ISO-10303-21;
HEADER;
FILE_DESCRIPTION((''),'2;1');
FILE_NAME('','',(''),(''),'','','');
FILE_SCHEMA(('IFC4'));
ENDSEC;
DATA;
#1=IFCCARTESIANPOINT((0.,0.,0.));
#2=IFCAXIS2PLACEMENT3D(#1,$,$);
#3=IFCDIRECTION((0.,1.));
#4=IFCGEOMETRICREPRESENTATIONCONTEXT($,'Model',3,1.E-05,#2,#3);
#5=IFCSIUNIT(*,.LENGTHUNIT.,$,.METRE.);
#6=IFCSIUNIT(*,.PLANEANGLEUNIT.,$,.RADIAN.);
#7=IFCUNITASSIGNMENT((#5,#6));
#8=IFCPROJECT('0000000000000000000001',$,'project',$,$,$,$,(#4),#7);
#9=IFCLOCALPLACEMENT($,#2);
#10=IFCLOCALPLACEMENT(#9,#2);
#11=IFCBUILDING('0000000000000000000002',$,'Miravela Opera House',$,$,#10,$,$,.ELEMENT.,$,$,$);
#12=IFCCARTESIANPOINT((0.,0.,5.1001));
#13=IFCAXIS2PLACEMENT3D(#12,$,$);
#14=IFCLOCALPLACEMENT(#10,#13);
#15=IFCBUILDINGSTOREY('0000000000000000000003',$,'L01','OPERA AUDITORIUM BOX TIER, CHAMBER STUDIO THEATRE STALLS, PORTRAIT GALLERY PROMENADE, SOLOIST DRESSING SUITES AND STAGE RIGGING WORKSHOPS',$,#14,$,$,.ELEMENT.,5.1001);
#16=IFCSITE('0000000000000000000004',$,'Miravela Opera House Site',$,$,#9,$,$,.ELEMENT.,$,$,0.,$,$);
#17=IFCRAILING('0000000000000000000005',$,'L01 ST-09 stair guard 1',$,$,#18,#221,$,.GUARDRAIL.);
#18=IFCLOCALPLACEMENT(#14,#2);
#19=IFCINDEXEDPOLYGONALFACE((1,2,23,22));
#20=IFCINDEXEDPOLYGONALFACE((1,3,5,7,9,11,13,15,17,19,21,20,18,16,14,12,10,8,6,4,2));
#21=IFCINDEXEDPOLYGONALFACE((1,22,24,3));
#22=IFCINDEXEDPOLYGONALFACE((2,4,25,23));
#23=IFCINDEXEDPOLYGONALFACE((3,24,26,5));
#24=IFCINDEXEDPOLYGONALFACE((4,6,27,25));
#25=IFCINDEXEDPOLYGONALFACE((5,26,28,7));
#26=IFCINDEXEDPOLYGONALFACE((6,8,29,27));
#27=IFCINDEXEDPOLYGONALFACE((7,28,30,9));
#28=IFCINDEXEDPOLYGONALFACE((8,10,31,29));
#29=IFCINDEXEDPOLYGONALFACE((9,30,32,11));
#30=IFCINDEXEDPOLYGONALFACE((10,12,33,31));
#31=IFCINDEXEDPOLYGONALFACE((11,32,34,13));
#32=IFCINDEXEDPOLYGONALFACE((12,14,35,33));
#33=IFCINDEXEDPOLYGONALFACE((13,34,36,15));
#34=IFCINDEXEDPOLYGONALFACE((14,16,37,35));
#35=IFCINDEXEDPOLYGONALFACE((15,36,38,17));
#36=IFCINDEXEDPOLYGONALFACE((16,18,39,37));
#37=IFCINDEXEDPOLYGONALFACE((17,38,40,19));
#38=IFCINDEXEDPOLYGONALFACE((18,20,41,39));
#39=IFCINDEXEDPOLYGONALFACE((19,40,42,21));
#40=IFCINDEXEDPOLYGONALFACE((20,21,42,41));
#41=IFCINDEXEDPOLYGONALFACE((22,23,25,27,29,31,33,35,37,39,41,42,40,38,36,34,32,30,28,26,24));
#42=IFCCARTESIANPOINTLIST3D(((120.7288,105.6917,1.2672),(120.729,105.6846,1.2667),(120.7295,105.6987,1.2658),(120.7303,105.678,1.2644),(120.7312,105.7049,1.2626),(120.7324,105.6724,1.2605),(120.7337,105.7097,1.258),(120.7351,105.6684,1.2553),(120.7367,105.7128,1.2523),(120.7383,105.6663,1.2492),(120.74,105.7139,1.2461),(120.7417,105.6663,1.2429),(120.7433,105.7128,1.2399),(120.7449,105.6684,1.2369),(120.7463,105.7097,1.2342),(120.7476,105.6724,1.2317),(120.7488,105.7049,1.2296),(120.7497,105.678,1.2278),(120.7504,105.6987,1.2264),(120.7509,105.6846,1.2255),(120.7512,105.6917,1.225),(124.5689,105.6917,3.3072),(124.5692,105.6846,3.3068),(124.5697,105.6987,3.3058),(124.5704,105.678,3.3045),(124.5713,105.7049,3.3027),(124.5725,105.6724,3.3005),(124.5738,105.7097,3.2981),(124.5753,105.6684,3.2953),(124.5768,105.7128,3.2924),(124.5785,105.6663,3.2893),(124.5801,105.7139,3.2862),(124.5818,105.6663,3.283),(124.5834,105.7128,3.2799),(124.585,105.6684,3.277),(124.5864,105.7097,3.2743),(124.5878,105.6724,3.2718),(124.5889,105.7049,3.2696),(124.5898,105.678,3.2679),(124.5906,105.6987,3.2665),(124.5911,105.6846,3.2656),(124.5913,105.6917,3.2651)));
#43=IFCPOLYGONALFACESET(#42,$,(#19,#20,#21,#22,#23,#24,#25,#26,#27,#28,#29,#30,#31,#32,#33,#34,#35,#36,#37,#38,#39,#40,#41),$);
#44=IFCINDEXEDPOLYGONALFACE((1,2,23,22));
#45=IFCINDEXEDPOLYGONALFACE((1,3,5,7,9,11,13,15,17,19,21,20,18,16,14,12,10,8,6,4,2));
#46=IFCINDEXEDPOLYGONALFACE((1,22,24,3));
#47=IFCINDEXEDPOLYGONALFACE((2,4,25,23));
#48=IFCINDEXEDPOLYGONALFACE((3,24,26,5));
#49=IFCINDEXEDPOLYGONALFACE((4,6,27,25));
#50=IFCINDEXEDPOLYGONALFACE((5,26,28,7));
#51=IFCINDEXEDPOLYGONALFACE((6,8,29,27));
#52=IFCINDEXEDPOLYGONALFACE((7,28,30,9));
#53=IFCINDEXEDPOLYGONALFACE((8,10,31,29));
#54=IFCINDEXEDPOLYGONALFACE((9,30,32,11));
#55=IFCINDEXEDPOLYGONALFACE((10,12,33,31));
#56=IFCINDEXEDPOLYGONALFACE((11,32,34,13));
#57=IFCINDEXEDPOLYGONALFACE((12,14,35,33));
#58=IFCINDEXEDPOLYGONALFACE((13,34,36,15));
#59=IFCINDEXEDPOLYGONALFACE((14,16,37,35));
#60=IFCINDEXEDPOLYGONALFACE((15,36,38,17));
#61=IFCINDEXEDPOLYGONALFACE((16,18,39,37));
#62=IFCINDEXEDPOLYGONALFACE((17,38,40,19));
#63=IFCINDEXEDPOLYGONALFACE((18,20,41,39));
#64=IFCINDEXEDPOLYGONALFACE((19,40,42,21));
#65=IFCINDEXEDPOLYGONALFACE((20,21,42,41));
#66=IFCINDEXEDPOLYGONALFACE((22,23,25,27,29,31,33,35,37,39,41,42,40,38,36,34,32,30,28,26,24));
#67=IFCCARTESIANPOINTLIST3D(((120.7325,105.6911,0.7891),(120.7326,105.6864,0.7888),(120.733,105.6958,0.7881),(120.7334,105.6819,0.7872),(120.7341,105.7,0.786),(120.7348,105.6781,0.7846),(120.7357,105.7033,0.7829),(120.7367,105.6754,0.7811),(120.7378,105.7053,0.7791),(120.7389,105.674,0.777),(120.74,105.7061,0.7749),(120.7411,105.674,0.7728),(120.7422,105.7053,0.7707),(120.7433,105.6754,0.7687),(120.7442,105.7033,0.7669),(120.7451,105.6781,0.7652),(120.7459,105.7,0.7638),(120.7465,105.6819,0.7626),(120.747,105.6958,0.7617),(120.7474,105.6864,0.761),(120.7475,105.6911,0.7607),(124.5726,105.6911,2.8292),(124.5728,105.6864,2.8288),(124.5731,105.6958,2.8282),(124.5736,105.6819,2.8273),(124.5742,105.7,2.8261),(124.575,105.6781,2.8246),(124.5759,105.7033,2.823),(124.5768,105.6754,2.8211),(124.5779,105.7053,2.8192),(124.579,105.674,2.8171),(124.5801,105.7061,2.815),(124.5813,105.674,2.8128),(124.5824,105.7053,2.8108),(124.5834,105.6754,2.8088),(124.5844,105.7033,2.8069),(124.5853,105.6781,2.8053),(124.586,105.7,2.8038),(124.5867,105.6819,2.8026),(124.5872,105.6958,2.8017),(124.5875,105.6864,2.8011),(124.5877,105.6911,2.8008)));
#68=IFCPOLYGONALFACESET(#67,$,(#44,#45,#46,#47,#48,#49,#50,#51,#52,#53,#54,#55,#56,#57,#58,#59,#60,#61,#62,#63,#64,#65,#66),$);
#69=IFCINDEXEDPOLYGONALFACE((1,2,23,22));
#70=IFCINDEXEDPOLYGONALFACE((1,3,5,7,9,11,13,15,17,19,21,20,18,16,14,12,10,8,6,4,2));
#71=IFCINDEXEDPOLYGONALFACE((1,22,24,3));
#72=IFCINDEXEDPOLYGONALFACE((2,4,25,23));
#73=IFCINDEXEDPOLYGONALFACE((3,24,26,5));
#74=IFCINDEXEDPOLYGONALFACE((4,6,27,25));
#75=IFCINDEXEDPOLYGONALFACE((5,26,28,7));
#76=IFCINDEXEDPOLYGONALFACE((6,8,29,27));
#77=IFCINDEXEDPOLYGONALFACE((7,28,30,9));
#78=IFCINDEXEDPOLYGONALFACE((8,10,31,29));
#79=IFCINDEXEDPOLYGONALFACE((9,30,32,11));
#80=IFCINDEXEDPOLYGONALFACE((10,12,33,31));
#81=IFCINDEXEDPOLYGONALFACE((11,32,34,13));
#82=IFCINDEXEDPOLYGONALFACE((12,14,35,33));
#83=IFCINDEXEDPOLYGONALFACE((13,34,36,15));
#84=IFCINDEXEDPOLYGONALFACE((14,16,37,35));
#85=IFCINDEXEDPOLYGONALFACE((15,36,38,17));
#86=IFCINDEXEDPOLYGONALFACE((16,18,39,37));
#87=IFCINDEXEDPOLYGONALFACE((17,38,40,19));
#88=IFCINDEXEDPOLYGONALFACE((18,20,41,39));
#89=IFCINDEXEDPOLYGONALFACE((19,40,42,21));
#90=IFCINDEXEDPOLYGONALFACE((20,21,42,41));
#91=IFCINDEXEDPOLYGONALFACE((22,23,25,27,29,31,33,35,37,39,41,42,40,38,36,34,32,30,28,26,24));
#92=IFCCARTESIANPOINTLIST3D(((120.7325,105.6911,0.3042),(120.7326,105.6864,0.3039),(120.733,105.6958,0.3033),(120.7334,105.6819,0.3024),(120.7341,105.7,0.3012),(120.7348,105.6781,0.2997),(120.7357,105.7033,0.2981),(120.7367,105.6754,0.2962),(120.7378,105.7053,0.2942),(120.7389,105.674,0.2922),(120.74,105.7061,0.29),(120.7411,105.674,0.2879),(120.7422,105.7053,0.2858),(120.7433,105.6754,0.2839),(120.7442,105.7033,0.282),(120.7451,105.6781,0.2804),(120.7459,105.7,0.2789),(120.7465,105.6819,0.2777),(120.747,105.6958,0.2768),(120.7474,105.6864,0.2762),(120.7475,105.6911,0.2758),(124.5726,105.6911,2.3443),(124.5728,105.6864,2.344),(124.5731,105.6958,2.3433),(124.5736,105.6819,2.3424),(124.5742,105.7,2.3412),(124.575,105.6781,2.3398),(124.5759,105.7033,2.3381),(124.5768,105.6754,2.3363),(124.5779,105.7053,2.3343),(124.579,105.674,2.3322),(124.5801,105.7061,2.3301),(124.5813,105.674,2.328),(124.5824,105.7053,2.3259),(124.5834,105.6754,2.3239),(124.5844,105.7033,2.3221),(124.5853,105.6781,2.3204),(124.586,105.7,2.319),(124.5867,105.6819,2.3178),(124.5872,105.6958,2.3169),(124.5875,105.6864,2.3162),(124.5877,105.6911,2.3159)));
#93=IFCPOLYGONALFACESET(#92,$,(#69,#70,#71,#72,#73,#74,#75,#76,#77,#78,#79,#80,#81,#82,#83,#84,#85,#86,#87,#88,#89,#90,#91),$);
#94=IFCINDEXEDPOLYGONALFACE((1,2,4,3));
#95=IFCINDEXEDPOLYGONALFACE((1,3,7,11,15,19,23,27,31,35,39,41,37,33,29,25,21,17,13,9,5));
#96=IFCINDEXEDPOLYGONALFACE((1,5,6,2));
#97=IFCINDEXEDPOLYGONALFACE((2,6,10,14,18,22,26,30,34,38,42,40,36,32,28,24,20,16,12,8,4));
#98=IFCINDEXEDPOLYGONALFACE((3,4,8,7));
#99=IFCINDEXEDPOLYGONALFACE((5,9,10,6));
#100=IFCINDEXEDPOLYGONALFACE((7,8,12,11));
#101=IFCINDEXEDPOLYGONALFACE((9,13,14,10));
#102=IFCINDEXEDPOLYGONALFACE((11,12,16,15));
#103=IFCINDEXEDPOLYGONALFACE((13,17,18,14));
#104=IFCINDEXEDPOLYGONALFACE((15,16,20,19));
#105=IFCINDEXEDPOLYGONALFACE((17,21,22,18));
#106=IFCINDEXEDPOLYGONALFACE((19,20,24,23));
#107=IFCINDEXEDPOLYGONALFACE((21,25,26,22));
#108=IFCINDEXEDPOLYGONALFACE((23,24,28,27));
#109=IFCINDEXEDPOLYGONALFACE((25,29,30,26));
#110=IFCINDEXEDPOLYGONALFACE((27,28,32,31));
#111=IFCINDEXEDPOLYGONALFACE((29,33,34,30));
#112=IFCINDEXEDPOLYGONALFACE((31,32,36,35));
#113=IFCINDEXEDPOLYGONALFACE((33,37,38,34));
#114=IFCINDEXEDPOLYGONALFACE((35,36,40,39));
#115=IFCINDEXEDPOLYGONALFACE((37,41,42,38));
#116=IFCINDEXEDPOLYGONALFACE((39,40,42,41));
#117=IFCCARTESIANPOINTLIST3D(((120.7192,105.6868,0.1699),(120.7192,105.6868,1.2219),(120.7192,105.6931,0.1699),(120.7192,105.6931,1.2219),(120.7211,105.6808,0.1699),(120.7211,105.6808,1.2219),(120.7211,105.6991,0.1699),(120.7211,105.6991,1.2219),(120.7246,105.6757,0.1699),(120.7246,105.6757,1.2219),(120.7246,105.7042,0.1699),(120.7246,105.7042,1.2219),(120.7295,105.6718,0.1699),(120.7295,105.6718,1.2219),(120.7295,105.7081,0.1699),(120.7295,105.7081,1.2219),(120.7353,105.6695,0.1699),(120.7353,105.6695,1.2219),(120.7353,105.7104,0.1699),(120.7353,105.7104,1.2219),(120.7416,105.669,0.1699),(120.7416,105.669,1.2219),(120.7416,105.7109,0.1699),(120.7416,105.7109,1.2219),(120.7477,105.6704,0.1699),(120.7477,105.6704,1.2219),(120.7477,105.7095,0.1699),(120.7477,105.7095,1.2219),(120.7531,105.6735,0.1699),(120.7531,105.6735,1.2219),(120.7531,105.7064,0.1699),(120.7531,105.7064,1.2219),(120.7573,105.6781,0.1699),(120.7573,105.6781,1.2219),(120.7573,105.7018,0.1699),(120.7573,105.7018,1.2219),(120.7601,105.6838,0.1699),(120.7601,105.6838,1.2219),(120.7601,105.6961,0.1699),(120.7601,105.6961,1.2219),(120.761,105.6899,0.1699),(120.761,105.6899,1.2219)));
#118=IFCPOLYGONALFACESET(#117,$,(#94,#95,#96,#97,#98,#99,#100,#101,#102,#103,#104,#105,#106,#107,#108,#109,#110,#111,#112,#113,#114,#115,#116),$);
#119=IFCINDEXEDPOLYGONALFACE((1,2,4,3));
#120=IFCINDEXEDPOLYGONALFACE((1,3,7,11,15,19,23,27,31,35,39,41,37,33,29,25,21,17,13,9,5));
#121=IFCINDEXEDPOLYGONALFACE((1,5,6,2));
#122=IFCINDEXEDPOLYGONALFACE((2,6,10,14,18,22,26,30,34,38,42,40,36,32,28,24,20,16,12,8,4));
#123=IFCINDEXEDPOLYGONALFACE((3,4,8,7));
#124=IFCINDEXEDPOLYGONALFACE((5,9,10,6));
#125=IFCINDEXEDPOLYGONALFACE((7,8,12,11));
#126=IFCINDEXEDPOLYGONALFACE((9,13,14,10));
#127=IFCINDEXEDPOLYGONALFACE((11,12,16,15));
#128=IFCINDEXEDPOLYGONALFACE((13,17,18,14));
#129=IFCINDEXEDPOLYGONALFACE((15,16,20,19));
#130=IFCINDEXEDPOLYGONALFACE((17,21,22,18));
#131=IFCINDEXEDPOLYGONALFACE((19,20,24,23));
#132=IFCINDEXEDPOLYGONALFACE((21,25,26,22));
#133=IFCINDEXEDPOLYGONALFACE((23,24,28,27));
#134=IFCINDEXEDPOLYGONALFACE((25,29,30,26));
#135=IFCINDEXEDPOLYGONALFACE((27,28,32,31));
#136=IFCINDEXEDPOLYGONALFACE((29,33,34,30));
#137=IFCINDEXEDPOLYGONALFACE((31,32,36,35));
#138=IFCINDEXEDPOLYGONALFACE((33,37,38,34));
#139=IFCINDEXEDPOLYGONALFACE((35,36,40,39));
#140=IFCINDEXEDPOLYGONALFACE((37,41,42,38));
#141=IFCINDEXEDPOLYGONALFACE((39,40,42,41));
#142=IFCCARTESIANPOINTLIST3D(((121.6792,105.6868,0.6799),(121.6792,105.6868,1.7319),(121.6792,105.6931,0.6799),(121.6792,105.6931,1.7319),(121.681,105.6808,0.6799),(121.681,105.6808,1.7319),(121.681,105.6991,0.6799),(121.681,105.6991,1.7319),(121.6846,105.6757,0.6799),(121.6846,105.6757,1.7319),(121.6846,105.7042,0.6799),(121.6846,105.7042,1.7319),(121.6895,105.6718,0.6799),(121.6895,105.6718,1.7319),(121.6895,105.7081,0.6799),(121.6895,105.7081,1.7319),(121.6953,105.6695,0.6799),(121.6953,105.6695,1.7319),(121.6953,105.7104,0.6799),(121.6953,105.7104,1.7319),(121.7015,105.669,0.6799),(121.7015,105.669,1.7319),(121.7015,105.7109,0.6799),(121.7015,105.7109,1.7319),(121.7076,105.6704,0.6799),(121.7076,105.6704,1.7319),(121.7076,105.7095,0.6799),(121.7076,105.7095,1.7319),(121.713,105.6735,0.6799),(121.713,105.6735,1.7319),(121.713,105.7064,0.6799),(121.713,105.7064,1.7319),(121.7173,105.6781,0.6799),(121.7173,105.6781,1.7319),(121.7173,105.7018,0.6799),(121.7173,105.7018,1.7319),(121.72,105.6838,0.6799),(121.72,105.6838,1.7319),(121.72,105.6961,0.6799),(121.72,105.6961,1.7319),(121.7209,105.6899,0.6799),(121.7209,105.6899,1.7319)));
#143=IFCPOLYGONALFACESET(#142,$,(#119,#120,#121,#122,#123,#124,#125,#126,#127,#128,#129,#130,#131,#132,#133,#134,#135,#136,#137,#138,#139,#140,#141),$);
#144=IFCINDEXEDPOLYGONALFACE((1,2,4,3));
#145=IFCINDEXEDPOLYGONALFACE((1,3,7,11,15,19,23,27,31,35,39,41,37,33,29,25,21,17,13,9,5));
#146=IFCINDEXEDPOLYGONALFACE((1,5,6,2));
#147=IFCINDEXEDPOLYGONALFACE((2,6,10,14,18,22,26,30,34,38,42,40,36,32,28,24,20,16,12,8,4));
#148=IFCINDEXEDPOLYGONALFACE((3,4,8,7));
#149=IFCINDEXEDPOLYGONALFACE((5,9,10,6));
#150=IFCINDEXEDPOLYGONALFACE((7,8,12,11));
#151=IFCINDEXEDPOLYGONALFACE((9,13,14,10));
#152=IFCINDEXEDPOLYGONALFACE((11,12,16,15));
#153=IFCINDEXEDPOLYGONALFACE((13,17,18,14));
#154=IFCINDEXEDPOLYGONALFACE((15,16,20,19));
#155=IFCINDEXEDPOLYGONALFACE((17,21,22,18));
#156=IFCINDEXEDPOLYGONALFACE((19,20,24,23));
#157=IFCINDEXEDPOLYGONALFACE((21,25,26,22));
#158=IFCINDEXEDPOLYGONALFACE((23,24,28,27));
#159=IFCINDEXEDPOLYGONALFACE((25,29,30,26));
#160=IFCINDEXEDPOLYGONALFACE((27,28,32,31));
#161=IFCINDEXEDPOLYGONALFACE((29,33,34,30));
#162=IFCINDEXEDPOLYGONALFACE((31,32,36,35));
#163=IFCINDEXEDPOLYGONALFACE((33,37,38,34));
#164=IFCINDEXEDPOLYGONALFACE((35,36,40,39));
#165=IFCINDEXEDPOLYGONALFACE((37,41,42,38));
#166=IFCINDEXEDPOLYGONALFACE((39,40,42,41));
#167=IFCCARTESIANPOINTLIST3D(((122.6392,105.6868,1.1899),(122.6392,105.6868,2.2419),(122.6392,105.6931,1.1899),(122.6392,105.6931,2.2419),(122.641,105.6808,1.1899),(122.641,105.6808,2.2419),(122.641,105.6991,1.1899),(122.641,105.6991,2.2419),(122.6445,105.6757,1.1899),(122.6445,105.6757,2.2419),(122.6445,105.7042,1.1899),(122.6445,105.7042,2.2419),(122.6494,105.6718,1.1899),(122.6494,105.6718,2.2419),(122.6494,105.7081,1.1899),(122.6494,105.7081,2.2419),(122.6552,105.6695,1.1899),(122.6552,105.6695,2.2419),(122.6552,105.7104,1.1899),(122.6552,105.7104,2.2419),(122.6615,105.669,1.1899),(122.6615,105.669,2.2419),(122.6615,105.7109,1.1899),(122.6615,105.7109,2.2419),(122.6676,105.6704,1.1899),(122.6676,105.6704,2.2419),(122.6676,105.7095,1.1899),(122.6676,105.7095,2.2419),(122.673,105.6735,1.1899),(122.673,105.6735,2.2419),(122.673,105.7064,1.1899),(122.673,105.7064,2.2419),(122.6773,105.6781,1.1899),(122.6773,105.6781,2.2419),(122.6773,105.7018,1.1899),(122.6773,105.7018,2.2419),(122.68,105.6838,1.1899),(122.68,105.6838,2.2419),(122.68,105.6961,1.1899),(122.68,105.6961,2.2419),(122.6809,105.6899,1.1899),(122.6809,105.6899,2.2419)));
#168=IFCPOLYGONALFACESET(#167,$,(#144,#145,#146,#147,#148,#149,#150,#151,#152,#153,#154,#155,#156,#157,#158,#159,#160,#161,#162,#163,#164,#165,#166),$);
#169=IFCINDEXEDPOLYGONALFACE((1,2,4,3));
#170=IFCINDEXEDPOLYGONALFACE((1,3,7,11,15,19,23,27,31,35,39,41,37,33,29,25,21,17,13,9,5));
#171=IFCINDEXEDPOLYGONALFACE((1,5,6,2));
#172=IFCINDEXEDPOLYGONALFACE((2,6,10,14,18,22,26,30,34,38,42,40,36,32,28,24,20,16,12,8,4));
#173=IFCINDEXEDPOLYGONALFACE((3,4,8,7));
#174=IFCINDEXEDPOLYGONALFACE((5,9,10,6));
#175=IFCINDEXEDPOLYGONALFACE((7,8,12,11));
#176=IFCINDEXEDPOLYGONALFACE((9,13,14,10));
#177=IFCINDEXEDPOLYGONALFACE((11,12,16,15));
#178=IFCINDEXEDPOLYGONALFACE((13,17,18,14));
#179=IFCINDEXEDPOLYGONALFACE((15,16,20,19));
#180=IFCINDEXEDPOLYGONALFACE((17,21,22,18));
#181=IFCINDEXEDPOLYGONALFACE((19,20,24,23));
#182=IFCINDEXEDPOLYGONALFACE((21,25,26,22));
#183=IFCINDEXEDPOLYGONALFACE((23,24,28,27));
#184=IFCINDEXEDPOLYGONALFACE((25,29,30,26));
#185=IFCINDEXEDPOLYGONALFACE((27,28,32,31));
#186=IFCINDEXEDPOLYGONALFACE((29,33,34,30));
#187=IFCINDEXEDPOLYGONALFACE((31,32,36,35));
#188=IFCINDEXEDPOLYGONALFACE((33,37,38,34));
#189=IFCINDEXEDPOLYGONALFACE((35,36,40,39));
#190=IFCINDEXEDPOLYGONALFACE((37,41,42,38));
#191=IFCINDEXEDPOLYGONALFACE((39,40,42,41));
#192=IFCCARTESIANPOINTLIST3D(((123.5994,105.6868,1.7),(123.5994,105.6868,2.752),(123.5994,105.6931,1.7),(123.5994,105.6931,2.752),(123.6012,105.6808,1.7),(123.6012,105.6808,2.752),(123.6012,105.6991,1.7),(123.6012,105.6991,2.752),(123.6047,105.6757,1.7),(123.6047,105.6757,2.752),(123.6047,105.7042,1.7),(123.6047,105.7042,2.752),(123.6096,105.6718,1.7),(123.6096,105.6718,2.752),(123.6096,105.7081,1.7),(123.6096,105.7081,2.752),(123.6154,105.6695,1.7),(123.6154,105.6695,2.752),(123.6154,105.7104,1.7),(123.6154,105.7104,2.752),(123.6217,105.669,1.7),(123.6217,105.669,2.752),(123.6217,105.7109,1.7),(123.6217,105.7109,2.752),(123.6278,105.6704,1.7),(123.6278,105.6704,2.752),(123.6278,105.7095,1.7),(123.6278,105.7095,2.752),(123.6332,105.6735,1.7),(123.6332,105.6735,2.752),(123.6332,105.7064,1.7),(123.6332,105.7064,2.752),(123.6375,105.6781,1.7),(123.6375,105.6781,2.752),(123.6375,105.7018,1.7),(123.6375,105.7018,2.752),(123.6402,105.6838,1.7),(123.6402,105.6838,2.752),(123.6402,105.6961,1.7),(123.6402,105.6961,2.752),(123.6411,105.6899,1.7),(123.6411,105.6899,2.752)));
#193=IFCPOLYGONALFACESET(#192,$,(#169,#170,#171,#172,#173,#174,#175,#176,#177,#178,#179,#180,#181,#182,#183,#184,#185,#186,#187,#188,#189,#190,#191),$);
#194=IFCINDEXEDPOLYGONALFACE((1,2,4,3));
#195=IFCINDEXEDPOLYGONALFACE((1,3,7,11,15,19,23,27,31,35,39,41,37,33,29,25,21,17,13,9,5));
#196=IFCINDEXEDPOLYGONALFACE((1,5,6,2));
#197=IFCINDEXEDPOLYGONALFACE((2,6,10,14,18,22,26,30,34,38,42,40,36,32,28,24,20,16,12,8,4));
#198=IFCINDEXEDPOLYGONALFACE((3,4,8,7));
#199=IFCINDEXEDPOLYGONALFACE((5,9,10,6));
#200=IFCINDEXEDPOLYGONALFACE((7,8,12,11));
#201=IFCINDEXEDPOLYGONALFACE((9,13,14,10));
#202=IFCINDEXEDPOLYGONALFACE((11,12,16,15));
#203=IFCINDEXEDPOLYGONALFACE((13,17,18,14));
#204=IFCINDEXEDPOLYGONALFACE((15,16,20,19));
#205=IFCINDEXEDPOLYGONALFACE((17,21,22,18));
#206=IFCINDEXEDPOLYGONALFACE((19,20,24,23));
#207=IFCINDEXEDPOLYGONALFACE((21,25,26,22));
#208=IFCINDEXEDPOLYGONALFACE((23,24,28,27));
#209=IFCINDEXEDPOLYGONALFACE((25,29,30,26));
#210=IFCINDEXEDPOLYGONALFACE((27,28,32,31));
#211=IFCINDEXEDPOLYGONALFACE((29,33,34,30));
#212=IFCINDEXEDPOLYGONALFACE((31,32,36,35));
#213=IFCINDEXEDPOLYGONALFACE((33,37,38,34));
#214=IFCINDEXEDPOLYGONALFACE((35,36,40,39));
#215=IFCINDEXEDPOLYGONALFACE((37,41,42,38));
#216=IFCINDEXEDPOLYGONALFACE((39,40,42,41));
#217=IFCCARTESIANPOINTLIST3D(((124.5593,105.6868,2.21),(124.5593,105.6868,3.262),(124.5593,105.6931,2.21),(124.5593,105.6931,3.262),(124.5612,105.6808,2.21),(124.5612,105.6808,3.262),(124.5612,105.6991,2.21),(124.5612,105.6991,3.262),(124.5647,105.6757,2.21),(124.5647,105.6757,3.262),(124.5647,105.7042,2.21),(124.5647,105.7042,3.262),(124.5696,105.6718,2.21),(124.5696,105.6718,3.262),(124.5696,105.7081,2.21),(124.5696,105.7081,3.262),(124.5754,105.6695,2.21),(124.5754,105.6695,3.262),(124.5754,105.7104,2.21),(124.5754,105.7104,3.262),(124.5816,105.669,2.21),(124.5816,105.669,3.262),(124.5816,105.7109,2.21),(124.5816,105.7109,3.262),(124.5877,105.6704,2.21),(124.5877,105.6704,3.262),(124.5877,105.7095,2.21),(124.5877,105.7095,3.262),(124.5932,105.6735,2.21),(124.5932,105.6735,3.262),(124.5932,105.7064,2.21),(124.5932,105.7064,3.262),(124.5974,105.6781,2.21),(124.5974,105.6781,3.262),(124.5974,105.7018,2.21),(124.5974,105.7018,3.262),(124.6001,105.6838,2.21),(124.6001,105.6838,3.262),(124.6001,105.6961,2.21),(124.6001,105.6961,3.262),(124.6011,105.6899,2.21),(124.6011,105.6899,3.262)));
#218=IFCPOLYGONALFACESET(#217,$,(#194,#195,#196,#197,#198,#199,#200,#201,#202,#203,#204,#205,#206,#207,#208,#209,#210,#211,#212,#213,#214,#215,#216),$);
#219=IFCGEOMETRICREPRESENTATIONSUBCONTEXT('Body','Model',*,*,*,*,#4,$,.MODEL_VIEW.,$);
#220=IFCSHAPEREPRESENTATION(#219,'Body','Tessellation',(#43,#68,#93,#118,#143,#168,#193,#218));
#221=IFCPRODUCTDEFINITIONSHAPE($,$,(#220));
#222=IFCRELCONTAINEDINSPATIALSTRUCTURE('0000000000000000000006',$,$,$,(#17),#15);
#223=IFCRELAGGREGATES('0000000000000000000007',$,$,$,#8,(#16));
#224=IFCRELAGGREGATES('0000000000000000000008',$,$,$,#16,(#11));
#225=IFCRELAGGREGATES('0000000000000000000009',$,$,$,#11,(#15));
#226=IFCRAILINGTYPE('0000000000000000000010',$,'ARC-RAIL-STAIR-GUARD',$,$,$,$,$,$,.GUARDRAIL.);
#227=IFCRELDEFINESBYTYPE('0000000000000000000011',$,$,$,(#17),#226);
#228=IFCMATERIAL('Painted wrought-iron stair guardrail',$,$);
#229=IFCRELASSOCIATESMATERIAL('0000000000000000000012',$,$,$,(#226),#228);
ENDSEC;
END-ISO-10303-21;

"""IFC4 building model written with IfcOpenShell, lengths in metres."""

from ifc_helpers import new_model, si_unit, direction, frame, origin, origin_2d, place, context, subcontext, project, spatial, circle, extrude, material, type_object, element, save


model = new_model("IFC4")

# Units and contexts
model_context = context("Model", 3, precision=1e-05, world=origin(), true_north=direction((0.0, 1.0)))
body_context = subcontext(model_context, "Body", "Model", "MODEL_VIEW")
ifc_project = project(units=[si_unit("LENGTHUNIT", "METRE"), si_unit("PLANEANGLEUNIT", "RADIAN")], contexts=[model_context])

# Site, building, storey
site_placement = place(None, origin())
site = spatial("IfcSite", under=ifc_project, at=site_placement, Name="Miravela Opera House Site", CompositionType="ELEMENT", RefElevation=0.0)
building_placement = place(site_placement, origin())
building = spatial("IfcBuilding", under=site, at=building_placement, Name="Miravela Opera House", CompositionType="ELEMENT")
storey_placement = place(building_placement, frame((0.0, 0.0, 5.1001)))
storey = spatial("IfcBuildingStorey", under=building, at=storey_placement, Name="L01", Description="OPERA AUDITORIUM BOX TIER, CHAMBER STUDIO THEATRE STALLS, PORTRAIT GALLERY PROMENADE, SOLOIST DRESSING SUITES AND STAGE RIGGING WORKSHOPS", CompositionType="ELEMENT", Elevation=5.1001)

# Railing
ifc_material_1 = material(Name="Painted wrought-iron stair guardrail")
railing_type_1 = type_object("IfcRailingType", Name="ARC-RAIL-STAIR-GUARD", PredefinedType="GUARDRAIL", material=ifc_material_1)
railing_1_placement = place(storey_placement, frame((120.74, 105.6899, 0.1699)))
element("IfcRailing", 1, at=railing_1_placement, inside=storey, type_object=railing_type_1, Name="L01 ST-09 stair guard 1", PredefinedType="GUARDRAIL", context=body_context, shape_type="SweptSolid", body=[
    extrude(circle(Radius=0.0239, at=origin_2d()), frame((0.0, 0.0, 1.0762), z_axis=(0.883116, 0.0, 0.469154), x_axis=(0.0, 1.0, 0.0)), (0.0, 0.0, 1.0), 4.3484),
    extrude(circle(Radius=0.0161, at=origin_2d()), frame((0.0, 0.0, 0.605), z_axis=(0.883116, 0.0, 0.469154), x_axis=(0.0, 1.0, 0.0)), (0.0, 0.0, 1.0), 4.3484),
    extrude(circle(Radius=0.0161, at=origin_2d()), frame((0.0, 0.0, 0.1201), z_axis=(0.883116, 0.0, 0.469154), x_axis=(0.0, 1.0, 0.0)), (0.0, 0.0, 1.0), 4.3484),
    extrude(circle(Radius=0.021, at=origin_2d()), origin(), (0.0, 0.0, 1.0), 1.052),
    extrude(circle(Radius=0.021, at=origin_2d()), frame((0.96, 0.0, 0.51)), (0.0, 0.0, 1.0), 1.052),
    extrude(circle(Radius=0.021, at=origin_2d()), frame((1.9199, 0.0, 1.02)), (0.0, 0.0, 1.0), 1.052),
    extrude(circle(Radius=0.021, at=origin_2d()), frame((2.8801, 0.0, 1.53)), (0.0, 0.0, 1.0), 1.052),
    extrude(circle(Radius=0.021, at=origin_2d()), frame((3.8401, 0.0, 2.04)), (0.0, 0.0, 1.0), 1.052),
])

save(model, "model.ifc")
